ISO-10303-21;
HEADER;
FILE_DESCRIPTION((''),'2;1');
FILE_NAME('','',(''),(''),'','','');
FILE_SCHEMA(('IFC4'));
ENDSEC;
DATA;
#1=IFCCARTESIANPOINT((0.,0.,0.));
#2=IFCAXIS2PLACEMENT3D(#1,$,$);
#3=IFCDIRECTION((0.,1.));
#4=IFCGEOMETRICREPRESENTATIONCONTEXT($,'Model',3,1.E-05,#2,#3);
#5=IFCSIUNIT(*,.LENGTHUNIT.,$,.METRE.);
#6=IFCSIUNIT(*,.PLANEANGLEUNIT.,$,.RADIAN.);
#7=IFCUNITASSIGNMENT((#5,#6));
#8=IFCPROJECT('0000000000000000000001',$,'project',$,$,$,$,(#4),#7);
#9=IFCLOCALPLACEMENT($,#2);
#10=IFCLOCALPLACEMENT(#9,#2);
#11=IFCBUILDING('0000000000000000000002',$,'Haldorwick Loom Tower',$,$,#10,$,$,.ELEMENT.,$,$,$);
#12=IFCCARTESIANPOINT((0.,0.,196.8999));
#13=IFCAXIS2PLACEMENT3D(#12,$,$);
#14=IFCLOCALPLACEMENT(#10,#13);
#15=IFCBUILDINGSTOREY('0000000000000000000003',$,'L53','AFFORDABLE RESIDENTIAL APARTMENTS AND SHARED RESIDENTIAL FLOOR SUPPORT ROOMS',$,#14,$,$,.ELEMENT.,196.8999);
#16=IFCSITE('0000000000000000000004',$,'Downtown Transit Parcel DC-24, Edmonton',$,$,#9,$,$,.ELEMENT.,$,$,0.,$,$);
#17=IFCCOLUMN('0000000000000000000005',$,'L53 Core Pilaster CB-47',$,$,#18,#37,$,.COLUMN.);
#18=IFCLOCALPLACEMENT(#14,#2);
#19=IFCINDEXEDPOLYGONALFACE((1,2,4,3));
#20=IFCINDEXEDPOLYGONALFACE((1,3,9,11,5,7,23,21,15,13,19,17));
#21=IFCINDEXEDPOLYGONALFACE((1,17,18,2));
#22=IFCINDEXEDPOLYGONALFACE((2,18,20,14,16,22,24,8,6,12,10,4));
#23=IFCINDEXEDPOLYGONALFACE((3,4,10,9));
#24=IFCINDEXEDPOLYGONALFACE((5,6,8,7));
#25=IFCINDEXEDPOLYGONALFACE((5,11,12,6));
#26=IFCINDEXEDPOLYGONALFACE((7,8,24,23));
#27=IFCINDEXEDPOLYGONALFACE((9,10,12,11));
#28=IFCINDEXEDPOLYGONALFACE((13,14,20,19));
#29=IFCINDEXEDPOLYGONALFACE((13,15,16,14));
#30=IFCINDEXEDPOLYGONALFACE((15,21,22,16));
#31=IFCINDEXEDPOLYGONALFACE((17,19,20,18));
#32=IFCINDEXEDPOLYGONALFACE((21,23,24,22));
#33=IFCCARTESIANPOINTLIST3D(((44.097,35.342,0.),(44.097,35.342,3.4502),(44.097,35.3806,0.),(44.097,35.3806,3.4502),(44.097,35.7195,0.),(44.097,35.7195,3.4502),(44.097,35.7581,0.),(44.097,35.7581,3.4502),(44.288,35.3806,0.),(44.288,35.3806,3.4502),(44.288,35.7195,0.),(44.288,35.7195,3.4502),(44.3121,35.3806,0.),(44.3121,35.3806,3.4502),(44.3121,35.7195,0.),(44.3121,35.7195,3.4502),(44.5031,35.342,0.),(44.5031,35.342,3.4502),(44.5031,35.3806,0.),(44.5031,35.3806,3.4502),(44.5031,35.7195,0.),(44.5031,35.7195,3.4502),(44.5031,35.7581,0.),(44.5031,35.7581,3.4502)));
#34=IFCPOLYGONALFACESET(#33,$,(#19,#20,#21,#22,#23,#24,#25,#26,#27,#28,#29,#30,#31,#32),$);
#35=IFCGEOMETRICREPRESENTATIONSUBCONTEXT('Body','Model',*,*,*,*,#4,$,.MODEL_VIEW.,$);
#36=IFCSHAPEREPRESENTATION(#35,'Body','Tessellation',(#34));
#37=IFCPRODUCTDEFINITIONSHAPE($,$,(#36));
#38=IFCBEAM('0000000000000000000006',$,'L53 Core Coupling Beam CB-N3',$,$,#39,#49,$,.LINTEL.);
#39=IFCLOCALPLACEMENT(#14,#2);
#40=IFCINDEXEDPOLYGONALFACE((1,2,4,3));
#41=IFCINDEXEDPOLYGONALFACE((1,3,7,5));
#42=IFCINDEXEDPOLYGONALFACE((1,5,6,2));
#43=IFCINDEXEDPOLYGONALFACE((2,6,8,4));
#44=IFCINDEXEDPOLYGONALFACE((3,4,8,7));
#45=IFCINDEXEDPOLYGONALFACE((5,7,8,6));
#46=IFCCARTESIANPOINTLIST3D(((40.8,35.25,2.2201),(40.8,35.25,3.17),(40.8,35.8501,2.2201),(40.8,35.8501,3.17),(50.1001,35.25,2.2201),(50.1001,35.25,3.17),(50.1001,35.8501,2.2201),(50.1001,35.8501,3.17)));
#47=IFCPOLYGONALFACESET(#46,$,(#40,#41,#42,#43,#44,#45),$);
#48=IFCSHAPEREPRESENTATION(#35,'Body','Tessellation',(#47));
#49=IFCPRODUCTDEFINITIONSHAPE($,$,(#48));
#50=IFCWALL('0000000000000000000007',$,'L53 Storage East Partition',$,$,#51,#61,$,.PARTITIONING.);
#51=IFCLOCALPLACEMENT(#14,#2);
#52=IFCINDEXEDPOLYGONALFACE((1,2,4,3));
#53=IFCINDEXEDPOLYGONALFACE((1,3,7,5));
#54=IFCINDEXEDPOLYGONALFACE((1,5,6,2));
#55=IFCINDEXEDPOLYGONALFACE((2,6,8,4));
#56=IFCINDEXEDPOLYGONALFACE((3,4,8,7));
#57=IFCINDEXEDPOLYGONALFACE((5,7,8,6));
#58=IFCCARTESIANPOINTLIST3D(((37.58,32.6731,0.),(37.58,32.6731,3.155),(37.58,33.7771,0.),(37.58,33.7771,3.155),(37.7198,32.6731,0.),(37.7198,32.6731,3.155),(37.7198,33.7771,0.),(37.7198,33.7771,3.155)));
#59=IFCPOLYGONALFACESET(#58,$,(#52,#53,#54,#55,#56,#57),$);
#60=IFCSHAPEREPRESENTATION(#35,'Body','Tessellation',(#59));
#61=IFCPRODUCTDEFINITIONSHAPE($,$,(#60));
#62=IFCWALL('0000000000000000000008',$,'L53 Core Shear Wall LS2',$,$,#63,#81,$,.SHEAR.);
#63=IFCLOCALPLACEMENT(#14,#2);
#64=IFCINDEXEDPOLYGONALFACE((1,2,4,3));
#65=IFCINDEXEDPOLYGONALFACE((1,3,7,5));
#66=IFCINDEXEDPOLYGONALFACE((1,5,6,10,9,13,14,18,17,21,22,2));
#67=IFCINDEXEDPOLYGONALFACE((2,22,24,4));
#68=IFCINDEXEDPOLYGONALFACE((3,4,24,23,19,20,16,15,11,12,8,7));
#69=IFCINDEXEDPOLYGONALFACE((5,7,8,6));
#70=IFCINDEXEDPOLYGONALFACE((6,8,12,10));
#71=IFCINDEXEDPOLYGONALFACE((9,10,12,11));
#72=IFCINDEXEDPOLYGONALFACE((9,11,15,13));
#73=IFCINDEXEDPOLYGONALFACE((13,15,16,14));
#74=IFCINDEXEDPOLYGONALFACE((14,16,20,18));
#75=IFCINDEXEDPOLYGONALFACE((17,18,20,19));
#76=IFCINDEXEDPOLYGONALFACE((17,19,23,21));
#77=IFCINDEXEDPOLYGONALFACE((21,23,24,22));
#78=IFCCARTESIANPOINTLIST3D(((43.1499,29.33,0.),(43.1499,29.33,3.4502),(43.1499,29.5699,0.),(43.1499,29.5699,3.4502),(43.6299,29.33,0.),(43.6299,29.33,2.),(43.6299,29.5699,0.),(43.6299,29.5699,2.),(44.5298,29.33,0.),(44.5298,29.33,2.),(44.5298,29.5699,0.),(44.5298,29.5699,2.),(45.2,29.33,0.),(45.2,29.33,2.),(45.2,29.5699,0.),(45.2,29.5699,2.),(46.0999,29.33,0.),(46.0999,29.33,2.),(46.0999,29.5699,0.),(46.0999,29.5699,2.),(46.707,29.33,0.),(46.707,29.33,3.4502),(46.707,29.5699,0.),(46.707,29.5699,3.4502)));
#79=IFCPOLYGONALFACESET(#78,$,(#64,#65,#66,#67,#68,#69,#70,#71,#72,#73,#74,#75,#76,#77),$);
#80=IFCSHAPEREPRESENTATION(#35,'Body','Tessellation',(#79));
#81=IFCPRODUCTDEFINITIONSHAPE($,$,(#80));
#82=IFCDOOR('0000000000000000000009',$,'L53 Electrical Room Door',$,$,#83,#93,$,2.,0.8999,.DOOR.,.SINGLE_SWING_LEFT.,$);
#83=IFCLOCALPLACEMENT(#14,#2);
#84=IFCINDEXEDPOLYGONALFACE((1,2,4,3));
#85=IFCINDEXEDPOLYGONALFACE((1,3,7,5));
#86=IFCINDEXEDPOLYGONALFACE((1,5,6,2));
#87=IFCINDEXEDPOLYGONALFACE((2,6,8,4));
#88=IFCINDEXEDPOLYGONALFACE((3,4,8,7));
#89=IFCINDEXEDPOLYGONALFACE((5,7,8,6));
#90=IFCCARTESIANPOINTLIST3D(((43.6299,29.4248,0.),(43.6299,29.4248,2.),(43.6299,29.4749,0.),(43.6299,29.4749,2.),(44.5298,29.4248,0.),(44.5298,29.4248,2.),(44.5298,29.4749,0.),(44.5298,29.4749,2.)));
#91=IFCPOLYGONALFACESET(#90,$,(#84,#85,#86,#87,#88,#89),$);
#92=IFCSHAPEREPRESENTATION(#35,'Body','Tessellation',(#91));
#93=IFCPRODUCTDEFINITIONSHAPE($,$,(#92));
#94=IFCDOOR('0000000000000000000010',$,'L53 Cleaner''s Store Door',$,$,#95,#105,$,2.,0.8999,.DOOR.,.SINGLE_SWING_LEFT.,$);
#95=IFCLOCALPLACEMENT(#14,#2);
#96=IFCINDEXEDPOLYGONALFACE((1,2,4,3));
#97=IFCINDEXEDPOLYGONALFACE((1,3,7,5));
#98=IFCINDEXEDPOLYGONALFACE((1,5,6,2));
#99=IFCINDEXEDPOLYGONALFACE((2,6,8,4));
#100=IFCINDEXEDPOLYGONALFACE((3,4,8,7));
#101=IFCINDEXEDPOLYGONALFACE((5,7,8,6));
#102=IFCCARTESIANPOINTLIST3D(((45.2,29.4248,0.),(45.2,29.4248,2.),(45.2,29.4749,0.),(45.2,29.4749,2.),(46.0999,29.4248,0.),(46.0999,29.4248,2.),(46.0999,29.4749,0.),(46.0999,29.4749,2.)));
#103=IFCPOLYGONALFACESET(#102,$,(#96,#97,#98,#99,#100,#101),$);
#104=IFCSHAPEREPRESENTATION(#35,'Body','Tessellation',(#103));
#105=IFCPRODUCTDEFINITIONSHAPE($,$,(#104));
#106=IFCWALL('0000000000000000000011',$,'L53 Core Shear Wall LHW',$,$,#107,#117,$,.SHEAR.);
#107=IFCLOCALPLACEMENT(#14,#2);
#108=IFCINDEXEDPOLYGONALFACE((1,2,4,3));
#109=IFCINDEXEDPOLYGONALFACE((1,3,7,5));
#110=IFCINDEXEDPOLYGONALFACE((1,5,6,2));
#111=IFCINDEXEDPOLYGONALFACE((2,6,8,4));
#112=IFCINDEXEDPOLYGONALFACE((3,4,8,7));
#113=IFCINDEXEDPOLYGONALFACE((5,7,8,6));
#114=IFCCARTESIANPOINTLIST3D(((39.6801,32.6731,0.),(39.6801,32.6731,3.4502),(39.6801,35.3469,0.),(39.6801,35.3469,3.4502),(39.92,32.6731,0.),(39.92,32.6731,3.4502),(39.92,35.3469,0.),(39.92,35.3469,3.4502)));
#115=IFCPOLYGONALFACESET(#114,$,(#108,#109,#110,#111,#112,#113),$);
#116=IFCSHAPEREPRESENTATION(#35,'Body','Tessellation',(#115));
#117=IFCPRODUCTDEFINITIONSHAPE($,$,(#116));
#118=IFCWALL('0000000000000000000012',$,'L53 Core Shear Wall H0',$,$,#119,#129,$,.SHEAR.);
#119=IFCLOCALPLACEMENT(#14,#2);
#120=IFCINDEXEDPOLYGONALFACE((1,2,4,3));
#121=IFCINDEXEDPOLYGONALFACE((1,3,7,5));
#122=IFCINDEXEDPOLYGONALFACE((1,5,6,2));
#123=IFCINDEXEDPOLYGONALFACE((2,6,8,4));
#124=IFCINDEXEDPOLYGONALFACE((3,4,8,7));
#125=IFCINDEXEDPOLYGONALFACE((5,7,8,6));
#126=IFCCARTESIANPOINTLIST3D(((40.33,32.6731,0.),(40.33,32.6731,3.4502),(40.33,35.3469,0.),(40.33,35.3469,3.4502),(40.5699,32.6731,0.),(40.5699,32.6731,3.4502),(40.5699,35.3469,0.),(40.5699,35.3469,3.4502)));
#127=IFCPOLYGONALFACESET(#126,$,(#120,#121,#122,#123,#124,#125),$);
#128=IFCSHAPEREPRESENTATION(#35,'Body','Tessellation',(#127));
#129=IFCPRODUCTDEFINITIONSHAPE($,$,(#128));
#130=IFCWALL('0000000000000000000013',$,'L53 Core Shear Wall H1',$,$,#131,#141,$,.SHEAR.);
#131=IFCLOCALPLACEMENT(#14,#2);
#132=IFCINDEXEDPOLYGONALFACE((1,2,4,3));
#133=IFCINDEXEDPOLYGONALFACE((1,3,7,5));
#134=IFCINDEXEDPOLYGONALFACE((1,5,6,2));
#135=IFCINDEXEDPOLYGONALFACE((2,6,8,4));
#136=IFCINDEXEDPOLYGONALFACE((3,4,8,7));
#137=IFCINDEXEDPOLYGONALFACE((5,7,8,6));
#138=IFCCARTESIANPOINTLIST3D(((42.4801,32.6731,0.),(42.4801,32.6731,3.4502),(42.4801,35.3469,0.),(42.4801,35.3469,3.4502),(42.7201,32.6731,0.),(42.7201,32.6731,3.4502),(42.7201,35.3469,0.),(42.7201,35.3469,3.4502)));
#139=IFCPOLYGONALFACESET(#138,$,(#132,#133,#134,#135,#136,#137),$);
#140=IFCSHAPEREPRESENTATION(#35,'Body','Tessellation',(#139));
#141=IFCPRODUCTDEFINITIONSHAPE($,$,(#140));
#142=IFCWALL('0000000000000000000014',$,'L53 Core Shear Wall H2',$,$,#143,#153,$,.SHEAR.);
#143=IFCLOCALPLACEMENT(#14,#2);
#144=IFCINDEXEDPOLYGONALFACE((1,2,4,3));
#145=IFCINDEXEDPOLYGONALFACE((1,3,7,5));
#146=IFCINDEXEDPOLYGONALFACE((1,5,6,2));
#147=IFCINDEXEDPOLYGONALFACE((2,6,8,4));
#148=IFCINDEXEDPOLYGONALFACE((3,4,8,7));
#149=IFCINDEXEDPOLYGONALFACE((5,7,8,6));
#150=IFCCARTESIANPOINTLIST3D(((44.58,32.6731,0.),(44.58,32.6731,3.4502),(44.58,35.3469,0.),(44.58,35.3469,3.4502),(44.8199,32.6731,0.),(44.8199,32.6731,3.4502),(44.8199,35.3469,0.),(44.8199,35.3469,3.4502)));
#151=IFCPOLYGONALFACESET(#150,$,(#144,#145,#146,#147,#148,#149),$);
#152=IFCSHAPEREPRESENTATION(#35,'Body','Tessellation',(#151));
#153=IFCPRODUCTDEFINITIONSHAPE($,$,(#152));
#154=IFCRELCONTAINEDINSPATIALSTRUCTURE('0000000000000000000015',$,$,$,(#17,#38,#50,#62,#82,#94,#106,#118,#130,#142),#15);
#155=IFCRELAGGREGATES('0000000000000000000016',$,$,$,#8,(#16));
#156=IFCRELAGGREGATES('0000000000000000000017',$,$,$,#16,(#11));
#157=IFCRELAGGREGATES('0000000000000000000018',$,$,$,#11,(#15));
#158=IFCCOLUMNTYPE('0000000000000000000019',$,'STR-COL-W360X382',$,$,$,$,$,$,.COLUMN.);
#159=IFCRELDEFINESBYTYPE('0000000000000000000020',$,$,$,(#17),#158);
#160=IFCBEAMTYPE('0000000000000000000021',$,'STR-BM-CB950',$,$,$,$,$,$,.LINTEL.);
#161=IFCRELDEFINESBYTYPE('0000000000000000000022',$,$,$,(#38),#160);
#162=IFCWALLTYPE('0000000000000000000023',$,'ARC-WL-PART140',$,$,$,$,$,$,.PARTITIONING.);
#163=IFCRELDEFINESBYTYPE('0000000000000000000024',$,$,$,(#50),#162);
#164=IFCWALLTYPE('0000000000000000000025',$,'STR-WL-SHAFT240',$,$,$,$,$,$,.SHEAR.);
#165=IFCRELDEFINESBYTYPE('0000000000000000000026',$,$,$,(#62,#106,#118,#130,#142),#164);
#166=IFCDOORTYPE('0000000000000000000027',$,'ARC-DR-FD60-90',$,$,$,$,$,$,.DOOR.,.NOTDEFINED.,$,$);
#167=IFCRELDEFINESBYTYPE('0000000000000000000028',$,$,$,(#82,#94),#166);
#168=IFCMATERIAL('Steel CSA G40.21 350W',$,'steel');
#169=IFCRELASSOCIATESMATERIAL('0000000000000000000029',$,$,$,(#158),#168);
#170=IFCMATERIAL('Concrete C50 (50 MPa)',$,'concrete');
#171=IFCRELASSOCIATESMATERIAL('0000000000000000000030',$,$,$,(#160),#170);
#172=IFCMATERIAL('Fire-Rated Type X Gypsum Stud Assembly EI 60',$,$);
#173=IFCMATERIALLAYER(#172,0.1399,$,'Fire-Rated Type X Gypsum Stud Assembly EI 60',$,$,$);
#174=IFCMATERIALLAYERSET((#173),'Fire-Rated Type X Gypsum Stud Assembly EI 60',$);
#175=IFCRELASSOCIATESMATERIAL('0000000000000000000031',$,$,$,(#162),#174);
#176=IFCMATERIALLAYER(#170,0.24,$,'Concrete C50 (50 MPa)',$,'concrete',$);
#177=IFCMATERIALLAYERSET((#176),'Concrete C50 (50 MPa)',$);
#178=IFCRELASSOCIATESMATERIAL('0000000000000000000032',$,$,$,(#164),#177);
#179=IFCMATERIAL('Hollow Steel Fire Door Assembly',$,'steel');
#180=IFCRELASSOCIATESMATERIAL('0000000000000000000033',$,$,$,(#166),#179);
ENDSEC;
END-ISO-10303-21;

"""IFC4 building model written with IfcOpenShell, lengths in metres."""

from ifc_helpers import new_model, si_unit, direction, frame, frame_2d, origin, origin_2d, place, context, subcontext, project, spatial, rectangle, i_section, extrude, material, layer, layer_set, material_profile, profile_set, type_object, element, fill, save


model = new_model("IFC4")

# Units and contexts
model_context = context("Model", 3, precision=1e-05, world=origin(), true_north=direction((0.0, 1.0)))
body_context = subcontext(model_context, "Body", "Model", "MODEL_VIEW")
ifc_project = project(units=[si_unit("LENGTHUNIT", "METRE"), si_unit("PLANEANGLEUNIT", "RADIAN")], contexts=[model_context])

# Site, building, storey
site_placement = place(None, origin())
site = spatial("IfcSite", under=ifc_project, at=site_placement, Name="Downtown Transit Parcel DC-24, Edmonton", CompositionType="ELEMENT", RefElevation=0.0)
building_placement = place(site_placement, origin())
building = spatial("IfcBuilding", under=site, at=building_placement, Name="Haldorwick Loom Tower", CompositionType="ELEMENT")
storey_placement = place(building_placement, frame((0.0, 0.0, 196.8999)))
storey = spatial("IfcBuildingStorey", under=building, at=storey_placement, Name="L53", Description="AFFORDABLE RESIDENTIAL APARTMENTS AND SHARED RESIDENTIAL FLOOR SUPPORT ROOMS", CompositionType="ELEMENT", Elevation=196.8999)

# Column
ifc_material_1 = material(Name="Steel CSA G40.21 350W", Category="steel")
ifc_material_profile_1 = material_profile(ifc_material_1, i_section(OverallWidth=0.406, OverallDepth=0.416, WebThickness=0.0242, FlangeThickness=0.0386, at=origin_2d()), Name="W360X382", Category="steel")
ifc_profile_set_1 = profile_set([ifc_material_profile_1], Name="Steel CSA G40.21 350W")
column_type = type_object("IfcColumnType", Name="STR-COL-W360X382", PredefinedType="COLUMN", material=ifc_profile_set_1)
for number, where, z_axis, x_axis, name in (
    (1, (44.3, 35.55, 0.0), (0.0, 0.0, 1.0), (1.0, 0.0, 0.0), "L53 Core Pilaster CB-47"),
):
    element("IfcColumn", number, at=place(storey_placement, frame(where, z_axis=z_axis, x_axis=x_axis)), inside=storey, type_object=column_type, Name=name, PredefinedType="COLUMN", context=body_context, shape_type="SweptSolid", body=[
        extrude(i_section(OverallWidth=0.406, OverallDepth=0.416, WebThickness=0.0242, FlangeThickness=0.0386, at=origin_2d()), origin(), (0.0, 0.0, 1.0), 3.4502),
    ])

# Beam
ifc_material_2 = material(Name="Concrete C50 (50 MPa)", Category="concrete")
ifc_material_profile_2 = material_profile(ifc_material_2, rectangle(XDim=0.6001, YDim=0.95, at=origin_2d()), Name="RC600X950", Category="concrete")
ifc_profile_set_2 = profile_set([ifc_material_profile_2], Name="Concrete C50 (50 MPa)")
beam_type = type_object("IfcBeamType", Name="STR-BM-CB950", PredefinedType="LINTEL", material=ifc_profile_set_2)
beam_placement = place(storey_placement, frame((40.8, 35.55, 2.6951), z_axis=(1.0, 0.0, 0.0), x_axis=(0.0, 1.0, 0.0)))
element("IfcBeam", 2, at=beam_placement, inside=storey, type_object=beam_type, Name="L53 Core Coupling Beam CB-N3", PredefinedType="LINTEL", context=body_context, shape_type="SweptSolid", body=[
    extrude(rectangle(XDim=0.6001, YDim=0.95, at=origin_2d()), origin(), (0.0, 0.0, 1.0), 9.3),
])

# Wall
ifc_material_3 = material(Name="Fire-Rated Type X Gypsum Stud Assembly EI 60")
ifc_layer_1 = layer(ifc_material_3, 0.1399, Name="Fire-Rated Type X Gypsum Stud Assembly EI 60")
ifc_layer_set_1 = layer_set([ifc_layer_1], Name="Fire-Rated Type X Gypsum Stud Assembly EI 60")
wall_type_1 = type_object("IfcWallType", Name="ARC-WL-PART140", PredefinedType="PARTITIONING", material=ifc_layer_set_1)
wall_1_placement = place(storey_placement, frame((37.6499, 32.6731, 0.0), z_axis=(0.0, 0.0, 1.0), x_axis=(0.0, 1.0, 0.0)))
element("IfcWall", 3, at=wall_1_placement, inside=storey, type_object=wall_type_1, Name="L53 Storage East Partition", PredefinedType="PARTITIONING", context=body_context, shape_type="SweptSolid", body=[
    extrude(rectangle(XDim=1.104, YDim=0.1399, at=frame_2d((0.552, 0.0))), origin(), (0.0, 0.0, 1.0), 3.155),
])

# Wall, openings, doors
ifc_layer_2 = layer(ifc_material_2, 0.24, Name="Concrete C50 (50 MPa)", Category="concrete")
ifc_layer_set_2 = layer_set([ifc_layer_2], Name="Concrete C50 (50 MPa)")
wall_type_2 = type_object("IfcWallType", Name="STR-WL-SHAFT240", PredefinedType="SHEAR", material=ifc_layer_set_2)
wall_2_placement = place(storey_placement, frame((43.1499, 29.45, 0.0), z_axis=(0.0, 0.0, 1.0), x_axis=(1.0, 0.0, 0.0)))
wall_2 = element("IfcWall", 4, at=wall_2_placement, inside=storey, type_object=wall_type_2, Name="L53 Core Shear Wall LS2", PredefinedType="SHEAR", context=body_context, shape_type="SweptSolid", body=[
    extrude(rectangle(XDim=3.5571, YDim=0.24, at=frame_2d((1.7786, 0.0))), origin(), (0.0, 0.0, 1.0), 3.4502),
])
opening_1_placement = place(wall_2_placement, frame((0.48, 0.0, 0.0)))
opening_1 = element("IfcOpeningElement", 5, at=opening_1_placement, cuts=wall_2, PredefinedType="OPENING", context=body_context, shape_type="SweptSolid", body=[
    extrude(rectangle(XDim=0.8999, YDim=2.0, at=frame_2d((0.45, 1.0))), frame((0.0, 0.1299, 0.0), z_axis=(0.0, -1.0, 0.0), x_axis=(1.0, 0.0, 0.0)), (0.0, 0.0, 1.0), 0.26),
])
opening_2_placement = place(wall_2_placement, frame((2.05, 0.0, 0.0)))
opening_2 = element("IfcOpeningElement", 6, at=opening_2_placement, cuts=wall_2, PredefinedType="OPENING", context=body_context, shape_type="SweptSolid", body=[
    extrude(rectangle(XDim=0.8999, YDim=2.0, at=frame_2d((0.45, 1.0))), frame((0.0, 0.1299, 0.0), z_axis=(0.0, -1.0, 0.0), x_axis=(1.0, 0.0, 0.0)), (0.0, 0.0, 1.0), 0.26),
])
ifc_material_4 = material(Name="Hollow Steel Fire Door Assembly", Category="steel")
door_type = type_object("IfcDoorType", Name="ARC-DR-FD60-90", OperationType="NOTDEFINED", PredefinedType="DOOR", material=ifc_material_4)
door_1_placement = place(opening_1_placement, origin())
door_1 = element("IfcDoor", 7, at=door_1_placement, inside=storey, type_object=door_type, Name="L53 Electrical Room Door", OperationType="SINGLE_SWING_LEFT", OverallHeight=2.0, OverallWidth=0.8999, PredefinedType="DOOR", context=body_context, shape_type="SweptSolid", body=[
    extrude(rectangle(XDim=0.8999, YDim=2.0, at=frame_2d((0.45, 1.0))), frame((0.0, 0.0249, 0.0), z_axis=(0.0, -1.0, 0.0), x_axis=(1.0, 0.0, 0.0)), (0.0, 0.0, 1.0), 0.05),
])
fill(opening_1, door_1)
door_2_placement = place(opening_2_placement, origin())
door_2 = element("IfcDoor", 8, at=door_2_placement, inside=storey, type_object=door_type, Name="L53 Cleaner's Store Door", OperationType="SINGLE_SWING_LEFT", OverallHeight=2.0, OverallWidth=0.8999, PredefinedType="DOOR", context=body_context, shape_type="SweptSolid", body=[
    extrude(rectangle(XDim=0.8999, YDim=2.0, at=frame_2d((0.45, 1.0))), frame((0.0, 0.0249, 0.0), z_axis=(0.0, -1.0, 0.0), x_axis=(1.0, 0.0, 0.0)), (0.0, 0.0, 1.0), 0.05),
])
fill(opening_2, door_2)

# Walls
for number, where, z_axis, x_axis, name in (
    (9, (39.8, 32.6731, 0.0), (0.0, 0.0, 1.0), (0.0, 1.0, 0.0), "L53 Core Shear Wall LHW"),
    (10, (40.45, 32.6731, 0.0), (0.0, 0.0, 1.0), (0.0, 1.0, 0.0), "L53 Core Shear Wall H0"),
    (11, (42.6001, 32.6731, 0.0), (0.0, 0.0, 1.0), (0.0, 1.0, 0.0), "L53 Core Shear Wall H1"),
    (12, (44.7, 32.6731, 0.0), (0.0, 0.0, 1.0), (0.0, 1.0, 0.0), "L53 Core Shear Wall H2"),
):
    element("IfcWall", number, at=place(storey_placement, frame(where, z_axis=z_axis, x_axis=x_axis)), inside=storey, type_object=wall_type_2, Name=name, PredefinedType="SHEAR", context=body_context, shape_type="SweptSolid", body=[
        extrude(rectangle(XDim=2.6738, YDim=0.24, at=frame_2d((1.3369, 0.0))), origin(), (0.0, 0.0, 1.0), 3.4502),
    ])

save(model, "model.ifc")
